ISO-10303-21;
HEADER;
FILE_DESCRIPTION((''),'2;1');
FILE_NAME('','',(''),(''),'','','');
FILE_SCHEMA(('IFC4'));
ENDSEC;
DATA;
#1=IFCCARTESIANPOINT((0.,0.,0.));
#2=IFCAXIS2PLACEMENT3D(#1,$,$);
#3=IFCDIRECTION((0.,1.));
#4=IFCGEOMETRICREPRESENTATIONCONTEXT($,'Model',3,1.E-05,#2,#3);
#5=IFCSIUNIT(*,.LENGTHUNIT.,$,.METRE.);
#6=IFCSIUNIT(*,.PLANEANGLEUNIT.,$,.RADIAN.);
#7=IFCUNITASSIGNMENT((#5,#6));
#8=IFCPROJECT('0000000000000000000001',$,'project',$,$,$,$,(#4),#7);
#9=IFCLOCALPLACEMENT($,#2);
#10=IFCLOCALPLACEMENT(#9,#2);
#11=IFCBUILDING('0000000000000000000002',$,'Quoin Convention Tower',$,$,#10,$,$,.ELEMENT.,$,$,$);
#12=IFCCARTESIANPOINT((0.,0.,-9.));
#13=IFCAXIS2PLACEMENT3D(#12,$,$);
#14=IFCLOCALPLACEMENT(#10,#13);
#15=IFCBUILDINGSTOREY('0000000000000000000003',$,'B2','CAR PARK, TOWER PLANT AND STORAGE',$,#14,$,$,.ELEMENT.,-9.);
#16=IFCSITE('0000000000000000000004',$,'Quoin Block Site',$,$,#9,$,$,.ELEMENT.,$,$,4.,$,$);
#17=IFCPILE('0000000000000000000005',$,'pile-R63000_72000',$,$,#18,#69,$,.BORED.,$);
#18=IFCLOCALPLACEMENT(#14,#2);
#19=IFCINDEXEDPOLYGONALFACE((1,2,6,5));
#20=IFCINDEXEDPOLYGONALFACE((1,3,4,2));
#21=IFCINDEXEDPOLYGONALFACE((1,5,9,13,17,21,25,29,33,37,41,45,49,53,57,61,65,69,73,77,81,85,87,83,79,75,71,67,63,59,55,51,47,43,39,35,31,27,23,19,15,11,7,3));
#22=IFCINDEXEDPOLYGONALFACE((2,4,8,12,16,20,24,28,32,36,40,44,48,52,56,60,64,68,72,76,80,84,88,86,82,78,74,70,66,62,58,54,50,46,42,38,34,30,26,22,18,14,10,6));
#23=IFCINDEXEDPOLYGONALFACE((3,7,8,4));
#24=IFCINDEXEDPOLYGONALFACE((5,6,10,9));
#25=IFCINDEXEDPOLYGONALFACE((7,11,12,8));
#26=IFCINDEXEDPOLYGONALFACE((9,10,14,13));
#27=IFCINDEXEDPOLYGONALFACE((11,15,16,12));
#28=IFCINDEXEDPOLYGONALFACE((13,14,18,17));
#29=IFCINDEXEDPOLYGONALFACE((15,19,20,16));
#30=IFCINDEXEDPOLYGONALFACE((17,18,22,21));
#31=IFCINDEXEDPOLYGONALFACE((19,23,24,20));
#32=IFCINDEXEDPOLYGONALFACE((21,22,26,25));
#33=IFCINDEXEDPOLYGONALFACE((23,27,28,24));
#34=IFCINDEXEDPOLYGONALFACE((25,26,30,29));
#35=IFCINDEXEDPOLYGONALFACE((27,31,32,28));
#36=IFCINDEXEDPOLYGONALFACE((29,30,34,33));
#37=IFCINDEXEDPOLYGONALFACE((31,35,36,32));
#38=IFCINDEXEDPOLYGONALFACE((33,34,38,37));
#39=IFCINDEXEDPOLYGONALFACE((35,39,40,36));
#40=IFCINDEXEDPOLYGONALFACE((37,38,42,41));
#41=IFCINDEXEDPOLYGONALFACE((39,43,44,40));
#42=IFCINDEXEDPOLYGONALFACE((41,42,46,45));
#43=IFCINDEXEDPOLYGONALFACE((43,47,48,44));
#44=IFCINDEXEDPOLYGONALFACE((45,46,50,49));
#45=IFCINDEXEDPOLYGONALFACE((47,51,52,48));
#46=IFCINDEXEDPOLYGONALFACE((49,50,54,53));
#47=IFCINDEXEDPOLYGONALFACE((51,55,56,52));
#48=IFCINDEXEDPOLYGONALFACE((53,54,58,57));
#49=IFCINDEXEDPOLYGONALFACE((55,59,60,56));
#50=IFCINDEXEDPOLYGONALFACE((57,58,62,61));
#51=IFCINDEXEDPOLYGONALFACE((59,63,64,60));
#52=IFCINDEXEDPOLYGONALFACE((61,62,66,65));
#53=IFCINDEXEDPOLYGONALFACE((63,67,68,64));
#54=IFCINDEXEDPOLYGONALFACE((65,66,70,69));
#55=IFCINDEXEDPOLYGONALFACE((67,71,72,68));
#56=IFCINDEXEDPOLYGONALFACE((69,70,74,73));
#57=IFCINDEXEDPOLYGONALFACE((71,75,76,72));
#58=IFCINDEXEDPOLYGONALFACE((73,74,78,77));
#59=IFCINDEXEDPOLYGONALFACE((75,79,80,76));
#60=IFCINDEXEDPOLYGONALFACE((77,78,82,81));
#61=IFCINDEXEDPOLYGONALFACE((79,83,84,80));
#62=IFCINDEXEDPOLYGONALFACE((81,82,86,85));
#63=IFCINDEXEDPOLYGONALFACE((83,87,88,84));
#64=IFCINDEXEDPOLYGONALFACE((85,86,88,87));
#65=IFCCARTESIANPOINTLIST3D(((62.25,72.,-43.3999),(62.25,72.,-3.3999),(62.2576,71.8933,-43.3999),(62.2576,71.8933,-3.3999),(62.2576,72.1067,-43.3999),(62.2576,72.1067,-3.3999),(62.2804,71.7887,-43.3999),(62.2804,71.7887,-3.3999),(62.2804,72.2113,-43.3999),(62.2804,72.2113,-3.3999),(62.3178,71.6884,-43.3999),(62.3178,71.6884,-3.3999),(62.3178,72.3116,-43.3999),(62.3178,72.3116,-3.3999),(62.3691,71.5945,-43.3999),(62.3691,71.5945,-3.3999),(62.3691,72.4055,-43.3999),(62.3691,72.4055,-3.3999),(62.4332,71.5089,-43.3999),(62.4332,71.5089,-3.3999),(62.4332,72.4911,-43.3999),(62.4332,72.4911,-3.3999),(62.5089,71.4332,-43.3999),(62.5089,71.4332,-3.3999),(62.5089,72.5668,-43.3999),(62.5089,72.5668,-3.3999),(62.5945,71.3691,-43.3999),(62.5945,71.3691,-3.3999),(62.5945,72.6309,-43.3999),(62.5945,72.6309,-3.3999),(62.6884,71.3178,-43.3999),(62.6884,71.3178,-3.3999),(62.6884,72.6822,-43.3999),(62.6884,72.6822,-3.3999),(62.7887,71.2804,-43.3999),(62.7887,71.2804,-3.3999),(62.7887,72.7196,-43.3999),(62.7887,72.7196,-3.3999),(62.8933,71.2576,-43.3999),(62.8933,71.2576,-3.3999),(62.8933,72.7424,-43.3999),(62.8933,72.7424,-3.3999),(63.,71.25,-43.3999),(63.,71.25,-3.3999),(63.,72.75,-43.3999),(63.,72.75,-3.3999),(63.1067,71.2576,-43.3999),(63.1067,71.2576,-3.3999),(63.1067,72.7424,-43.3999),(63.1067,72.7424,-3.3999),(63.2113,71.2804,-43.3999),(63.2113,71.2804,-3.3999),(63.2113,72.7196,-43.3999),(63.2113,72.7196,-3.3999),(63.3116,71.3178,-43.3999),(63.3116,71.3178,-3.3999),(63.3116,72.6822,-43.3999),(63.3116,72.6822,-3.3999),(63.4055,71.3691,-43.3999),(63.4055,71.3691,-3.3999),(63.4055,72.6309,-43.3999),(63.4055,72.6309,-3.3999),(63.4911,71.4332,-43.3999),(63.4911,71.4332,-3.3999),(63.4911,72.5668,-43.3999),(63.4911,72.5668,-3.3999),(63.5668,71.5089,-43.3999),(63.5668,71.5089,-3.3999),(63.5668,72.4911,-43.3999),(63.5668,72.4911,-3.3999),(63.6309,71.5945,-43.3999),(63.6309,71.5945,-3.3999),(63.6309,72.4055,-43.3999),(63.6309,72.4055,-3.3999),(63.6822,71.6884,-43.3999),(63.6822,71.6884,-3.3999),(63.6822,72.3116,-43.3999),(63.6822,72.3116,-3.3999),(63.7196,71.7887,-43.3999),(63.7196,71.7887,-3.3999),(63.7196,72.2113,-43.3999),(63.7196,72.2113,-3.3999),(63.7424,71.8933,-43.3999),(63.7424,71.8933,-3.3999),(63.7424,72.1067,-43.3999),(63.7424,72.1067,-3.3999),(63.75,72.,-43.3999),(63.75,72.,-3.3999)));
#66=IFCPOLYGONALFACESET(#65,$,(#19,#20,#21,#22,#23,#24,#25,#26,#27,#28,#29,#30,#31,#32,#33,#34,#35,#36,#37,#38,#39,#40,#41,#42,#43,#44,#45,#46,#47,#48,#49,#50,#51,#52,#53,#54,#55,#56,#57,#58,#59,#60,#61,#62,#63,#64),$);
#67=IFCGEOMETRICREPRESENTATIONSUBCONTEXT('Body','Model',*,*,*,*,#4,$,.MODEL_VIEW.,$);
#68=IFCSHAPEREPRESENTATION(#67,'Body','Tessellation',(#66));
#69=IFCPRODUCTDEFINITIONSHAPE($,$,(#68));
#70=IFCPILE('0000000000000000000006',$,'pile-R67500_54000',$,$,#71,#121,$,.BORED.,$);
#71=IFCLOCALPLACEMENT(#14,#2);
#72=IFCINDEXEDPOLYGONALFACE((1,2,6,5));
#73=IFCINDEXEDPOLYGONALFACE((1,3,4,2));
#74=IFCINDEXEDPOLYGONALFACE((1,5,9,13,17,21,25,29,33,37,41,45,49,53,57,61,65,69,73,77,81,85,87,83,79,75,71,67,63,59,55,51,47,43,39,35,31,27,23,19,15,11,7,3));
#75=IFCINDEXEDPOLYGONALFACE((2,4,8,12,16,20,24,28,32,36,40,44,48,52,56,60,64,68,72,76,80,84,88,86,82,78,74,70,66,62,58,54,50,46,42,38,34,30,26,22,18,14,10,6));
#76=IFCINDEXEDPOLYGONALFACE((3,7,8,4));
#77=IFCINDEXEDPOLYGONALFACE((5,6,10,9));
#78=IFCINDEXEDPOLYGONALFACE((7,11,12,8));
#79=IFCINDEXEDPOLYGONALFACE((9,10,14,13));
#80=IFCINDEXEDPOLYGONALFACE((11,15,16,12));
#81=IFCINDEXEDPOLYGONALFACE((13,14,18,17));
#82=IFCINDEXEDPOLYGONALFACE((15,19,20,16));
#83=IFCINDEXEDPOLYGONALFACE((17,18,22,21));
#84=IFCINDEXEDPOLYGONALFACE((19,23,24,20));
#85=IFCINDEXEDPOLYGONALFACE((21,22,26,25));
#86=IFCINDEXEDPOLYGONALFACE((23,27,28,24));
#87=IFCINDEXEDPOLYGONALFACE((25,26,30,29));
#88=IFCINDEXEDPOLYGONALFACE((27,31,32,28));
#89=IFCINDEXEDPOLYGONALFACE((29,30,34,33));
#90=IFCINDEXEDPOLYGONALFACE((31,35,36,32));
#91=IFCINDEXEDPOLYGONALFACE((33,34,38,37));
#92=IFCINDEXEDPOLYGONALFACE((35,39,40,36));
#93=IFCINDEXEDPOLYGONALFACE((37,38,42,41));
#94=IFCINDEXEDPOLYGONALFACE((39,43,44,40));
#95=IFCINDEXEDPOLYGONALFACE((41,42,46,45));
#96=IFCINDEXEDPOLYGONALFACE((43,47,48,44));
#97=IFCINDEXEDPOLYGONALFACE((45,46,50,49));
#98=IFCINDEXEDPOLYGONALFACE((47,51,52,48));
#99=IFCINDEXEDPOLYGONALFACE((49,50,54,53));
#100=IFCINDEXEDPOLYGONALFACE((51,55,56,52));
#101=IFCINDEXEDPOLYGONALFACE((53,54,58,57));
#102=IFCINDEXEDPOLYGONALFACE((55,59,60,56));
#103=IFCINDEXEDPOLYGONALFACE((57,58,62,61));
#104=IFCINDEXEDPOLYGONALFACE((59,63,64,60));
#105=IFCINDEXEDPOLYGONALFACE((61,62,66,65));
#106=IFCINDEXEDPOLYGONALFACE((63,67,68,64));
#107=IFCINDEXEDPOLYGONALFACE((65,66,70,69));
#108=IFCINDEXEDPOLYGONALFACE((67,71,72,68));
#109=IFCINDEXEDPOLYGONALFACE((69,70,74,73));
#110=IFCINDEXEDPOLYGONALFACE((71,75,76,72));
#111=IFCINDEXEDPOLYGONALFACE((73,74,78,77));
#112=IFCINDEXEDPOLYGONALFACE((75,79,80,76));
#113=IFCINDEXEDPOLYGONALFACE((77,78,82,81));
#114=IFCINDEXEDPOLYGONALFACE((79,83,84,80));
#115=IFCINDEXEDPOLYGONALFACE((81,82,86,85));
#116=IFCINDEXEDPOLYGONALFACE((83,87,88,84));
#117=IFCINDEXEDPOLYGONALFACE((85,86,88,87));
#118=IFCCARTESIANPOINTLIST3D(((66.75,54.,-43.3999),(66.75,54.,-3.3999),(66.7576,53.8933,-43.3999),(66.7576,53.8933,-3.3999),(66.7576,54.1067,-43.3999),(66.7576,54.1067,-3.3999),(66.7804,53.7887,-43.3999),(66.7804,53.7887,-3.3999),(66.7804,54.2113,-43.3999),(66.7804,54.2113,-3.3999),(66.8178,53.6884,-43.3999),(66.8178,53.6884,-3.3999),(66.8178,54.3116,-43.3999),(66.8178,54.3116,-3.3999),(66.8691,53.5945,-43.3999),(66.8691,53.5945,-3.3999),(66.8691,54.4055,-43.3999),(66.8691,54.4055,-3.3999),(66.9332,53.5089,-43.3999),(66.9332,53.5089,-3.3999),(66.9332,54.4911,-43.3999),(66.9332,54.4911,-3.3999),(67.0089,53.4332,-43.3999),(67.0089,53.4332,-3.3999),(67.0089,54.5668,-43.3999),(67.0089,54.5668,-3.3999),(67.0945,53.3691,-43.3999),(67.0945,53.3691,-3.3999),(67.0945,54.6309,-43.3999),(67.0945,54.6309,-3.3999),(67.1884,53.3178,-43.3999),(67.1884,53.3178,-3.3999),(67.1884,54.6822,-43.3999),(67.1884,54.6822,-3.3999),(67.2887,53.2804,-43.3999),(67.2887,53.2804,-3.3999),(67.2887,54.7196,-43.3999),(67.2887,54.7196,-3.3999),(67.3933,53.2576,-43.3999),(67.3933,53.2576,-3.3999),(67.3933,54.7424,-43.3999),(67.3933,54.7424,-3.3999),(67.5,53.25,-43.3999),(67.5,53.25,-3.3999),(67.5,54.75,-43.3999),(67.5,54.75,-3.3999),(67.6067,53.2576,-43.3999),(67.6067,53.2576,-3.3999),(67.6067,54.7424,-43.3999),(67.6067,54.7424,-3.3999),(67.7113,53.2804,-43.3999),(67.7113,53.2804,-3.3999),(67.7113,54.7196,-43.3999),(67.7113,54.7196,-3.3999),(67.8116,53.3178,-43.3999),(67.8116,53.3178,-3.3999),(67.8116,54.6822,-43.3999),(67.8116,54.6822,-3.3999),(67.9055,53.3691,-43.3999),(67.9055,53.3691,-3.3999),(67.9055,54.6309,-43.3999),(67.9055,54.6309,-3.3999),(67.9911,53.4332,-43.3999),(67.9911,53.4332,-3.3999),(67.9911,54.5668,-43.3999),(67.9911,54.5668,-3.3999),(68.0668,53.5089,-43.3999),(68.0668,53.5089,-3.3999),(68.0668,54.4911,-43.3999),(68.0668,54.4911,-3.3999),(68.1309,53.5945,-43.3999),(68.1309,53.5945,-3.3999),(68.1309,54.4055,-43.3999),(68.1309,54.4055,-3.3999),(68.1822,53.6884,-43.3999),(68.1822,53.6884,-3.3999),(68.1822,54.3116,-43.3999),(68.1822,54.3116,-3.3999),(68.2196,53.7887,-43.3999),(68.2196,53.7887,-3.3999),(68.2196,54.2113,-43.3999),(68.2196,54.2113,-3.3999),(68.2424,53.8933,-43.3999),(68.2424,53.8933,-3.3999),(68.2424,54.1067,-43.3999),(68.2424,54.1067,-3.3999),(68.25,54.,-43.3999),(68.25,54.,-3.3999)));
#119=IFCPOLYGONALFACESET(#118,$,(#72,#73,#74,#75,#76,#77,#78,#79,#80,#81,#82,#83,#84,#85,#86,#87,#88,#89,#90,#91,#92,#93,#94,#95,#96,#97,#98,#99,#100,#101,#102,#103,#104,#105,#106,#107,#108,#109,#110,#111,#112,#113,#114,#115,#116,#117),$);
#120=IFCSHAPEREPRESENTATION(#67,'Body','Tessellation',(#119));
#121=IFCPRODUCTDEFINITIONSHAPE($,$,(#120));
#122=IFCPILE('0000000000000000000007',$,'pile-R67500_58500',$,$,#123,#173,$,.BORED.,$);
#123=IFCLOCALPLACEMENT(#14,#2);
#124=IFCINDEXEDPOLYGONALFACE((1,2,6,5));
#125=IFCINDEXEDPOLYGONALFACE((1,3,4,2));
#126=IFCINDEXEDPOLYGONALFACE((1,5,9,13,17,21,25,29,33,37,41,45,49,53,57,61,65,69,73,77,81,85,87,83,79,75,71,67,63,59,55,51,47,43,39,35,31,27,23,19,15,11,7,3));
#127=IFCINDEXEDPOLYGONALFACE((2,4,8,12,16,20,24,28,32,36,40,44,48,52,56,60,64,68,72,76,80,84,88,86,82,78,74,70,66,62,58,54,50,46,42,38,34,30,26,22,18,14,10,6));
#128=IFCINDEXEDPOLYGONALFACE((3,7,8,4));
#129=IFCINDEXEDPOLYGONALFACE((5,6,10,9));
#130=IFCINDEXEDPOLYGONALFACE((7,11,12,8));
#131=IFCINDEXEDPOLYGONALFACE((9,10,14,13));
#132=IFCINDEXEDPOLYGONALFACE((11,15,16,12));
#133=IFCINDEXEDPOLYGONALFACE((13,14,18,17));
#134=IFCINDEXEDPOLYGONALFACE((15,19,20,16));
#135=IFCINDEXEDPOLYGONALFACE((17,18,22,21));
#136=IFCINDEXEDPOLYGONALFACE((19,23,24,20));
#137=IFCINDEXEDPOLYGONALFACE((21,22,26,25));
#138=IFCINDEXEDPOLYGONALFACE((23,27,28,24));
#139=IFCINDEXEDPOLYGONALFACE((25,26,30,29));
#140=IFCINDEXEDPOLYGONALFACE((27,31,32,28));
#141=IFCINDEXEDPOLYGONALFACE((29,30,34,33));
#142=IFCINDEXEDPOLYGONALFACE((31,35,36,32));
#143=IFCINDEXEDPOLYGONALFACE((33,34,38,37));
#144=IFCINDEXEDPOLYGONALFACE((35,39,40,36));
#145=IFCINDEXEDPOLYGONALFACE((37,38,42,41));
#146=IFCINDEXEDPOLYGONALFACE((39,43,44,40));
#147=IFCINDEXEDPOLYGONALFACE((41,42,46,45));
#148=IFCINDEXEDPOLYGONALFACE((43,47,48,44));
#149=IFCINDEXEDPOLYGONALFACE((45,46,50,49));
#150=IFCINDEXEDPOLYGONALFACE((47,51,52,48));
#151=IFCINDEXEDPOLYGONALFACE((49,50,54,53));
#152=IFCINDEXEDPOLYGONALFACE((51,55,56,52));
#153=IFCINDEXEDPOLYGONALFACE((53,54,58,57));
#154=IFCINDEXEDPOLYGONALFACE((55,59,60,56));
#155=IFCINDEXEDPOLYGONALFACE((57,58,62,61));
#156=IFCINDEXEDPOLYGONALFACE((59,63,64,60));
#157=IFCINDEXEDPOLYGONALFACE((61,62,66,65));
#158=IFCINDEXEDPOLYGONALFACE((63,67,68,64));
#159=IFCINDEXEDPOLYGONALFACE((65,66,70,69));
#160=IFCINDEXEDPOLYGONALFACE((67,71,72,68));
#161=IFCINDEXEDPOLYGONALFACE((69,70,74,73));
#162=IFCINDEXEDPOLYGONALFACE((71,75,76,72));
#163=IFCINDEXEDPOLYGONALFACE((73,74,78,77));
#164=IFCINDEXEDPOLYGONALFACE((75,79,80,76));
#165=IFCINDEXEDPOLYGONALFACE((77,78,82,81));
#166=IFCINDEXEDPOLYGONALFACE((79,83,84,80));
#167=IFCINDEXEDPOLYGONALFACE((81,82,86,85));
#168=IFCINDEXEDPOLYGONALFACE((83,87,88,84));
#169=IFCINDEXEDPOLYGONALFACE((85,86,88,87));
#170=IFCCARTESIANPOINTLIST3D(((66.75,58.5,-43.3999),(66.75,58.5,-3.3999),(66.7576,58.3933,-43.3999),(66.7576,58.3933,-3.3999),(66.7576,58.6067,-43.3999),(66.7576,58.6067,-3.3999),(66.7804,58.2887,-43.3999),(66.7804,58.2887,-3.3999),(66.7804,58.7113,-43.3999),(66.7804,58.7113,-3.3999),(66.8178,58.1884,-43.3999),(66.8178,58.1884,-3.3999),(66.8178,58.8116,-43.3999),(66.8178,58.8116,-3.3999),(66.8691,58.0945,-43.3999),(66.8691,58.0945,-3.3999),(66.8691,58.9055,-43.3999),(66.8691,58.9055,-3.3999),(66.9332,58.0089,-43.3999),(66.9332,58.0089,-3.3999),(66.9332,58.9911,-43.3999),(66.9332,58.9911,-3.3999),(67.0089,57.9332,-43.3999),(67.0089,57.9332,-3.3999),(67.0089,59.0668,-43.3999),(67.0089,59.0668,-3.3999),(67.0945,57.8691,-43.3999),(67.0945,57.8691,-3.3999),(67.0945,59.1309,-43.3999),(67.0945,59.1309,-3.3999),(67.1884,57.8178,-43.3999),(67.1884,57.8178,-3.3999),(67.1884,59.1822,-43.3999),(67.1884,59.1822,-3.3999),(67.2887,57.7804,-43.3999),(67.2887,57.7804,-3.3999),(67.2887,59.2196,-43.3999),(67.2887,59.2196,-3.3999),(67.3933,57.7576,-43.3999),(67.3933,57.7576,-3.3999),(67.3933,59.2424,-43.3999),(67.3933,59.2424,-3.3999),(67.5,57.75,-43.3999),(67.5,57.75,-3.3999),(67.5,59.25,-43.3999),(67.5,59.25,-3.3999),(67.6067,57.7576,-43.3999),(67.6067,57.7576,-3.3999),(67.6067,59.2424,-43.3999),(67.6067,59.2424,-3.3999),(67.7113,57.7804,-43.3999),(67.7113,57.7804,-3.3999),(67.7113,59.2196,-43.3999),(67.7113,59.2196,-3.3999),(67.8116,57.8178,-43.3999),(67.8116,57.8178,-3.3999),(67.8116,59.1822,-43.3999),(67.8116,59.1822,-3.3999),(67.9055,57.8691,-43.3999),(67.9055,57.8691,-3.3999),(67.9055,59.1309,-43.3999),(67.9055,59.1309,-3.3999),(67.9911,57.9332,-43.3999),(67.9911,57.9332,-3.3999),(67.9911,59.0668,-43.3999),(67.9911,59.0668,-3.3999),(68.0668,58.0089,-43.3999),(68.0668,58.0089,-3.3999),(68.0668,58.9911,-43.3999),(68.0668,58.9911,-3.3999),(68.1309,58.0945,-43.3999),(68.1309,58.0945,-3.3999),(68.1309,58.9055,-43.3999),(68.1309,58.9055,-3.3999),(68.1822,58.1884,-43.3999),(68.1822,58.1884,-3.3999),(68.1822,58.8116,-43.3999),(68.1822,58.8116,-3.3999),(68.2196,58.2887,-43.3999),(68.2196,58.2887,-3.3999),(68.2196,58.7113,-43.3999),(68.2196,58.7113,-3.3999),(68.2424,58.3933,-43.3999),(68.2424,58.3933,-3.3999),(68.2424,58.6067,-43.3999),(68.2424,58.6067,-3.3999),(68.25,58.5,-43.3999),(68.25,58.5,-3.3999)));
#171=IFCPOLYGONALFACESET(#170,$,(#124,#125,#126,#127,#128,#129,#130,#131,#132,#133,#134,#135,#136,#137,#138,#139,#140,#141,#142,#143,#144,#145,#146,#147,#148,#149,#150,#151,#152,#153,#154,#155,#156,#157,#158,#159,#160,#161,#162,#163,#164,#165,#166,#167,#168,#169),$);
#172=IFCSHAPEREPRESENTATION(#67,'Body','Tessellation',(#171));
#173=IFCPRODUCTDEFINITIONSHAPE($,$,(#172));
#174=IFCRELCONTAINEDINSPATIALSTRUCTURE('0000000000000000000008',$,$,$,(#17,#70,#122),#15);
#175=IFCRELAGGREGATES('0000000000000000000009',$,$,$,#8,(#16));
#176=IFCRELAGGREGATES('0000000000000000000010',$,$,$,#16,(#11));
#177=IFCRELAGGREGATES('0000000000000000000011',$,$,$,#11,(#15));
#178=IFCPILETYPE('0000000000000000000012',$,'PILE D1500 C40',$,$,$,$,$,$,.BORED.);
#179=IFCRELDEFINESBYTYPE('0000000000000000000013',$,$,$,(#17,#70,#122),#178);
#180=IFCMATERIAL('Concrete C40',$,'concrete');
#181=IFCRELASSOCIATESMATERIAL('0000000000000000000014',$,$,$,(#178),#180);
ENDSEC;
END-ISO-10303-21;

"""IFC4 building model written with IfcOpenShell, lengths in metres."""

from ifc_helpers import new_model, si_unit, direction, frame, origin, origin_2d, place, context, subcontext, project, spatial, circle, extrude, material, material_profile, profile_set, type_object, element, save


model = new_model("IFC4")

# Units and contexts
model_context = context("Model", 3, precision=1e-05, world=origin(), true_north=direction((0.0, 1.0)))
body_context = subcontext(model_context, "Body", "Model", "MODEL_VIEW")
ifc_project = project(units=[si_unit("LENGTHUNIT", "METRE"), si_unit("PLANEANGLEUNIT", "RADIAN")], contexts=[model_context])

# Site, building, storey
site_placement = place(None, origin())
site = spatial("IfcSite", under=ifc_project, at=site_placement, Name="Quoin Block Site", CompositionType="ELEMENT", RefElevation=4.0)
building_placement = place(site_placement, origin())
building = spatial("IfcBuilding", under=site, at=building_placement, Name="Quoin Convention Tower", CompositionType="ELEMENT")
storey_placement = place(building_placement, frame((0.0, 0.0, -9.0)))
storey = spatial("IfcBuildingStorey", under=building, at=storey_placement, Name="B2", Description="CAR PARK, TOWER PLANT AND STORAGE", CompositionType="ELEMENT", Elevation=-9.0)

# Piles
ifc_material_1 = material(Name="Concrete C40", Category="concrete")
ifc_material_profile_1 = material_profile(ifc_material_1, circle(Radius=0.75, at=origin_2d()), Name="D1500")
ifc_profile_set_1 = profile_set([ifc_material_profile_1], Name="Concrete C40")
pile_type = type_object("IfcPileType", Name="PILE D1500 C40", PredefinedType="BORED", material=ifc_profile_set_1)
for number, where, z_axis, x_axis, name in (
    (1, (63.0, 72.0, -3.3999), (0.0, 0.0, -1.0), (1.0, 0.0, 0.0), "pile-R63000_72000"),
    (2, (67.5, 54.0, -3.3999), (0.0, 0.0, -1.0), (1.0, 0.0, 0.0), "pile-R67500_54000"),
    (3, (67.5, 58.5, -3.3999), (0.0, 0.0, -1.0), (1.0, 0.0, 0.0), "pile-R67500_58500"),
):
    element("IfcPile", number, at=place(storey_placement, frame(where, z_axis=z_axis, x_axis=x_axis)), inside=storey, type_object=pile_type, Name=name, PredefinedType="BORED", context=body_context, shape_type="SweptSolid", body=[
        extrude(circle(Radius=0.75, at=origin_2d()), origin(), (0.0, 0.0, 1.0), 40.0),
    ])

save(model, "model.ifc")
